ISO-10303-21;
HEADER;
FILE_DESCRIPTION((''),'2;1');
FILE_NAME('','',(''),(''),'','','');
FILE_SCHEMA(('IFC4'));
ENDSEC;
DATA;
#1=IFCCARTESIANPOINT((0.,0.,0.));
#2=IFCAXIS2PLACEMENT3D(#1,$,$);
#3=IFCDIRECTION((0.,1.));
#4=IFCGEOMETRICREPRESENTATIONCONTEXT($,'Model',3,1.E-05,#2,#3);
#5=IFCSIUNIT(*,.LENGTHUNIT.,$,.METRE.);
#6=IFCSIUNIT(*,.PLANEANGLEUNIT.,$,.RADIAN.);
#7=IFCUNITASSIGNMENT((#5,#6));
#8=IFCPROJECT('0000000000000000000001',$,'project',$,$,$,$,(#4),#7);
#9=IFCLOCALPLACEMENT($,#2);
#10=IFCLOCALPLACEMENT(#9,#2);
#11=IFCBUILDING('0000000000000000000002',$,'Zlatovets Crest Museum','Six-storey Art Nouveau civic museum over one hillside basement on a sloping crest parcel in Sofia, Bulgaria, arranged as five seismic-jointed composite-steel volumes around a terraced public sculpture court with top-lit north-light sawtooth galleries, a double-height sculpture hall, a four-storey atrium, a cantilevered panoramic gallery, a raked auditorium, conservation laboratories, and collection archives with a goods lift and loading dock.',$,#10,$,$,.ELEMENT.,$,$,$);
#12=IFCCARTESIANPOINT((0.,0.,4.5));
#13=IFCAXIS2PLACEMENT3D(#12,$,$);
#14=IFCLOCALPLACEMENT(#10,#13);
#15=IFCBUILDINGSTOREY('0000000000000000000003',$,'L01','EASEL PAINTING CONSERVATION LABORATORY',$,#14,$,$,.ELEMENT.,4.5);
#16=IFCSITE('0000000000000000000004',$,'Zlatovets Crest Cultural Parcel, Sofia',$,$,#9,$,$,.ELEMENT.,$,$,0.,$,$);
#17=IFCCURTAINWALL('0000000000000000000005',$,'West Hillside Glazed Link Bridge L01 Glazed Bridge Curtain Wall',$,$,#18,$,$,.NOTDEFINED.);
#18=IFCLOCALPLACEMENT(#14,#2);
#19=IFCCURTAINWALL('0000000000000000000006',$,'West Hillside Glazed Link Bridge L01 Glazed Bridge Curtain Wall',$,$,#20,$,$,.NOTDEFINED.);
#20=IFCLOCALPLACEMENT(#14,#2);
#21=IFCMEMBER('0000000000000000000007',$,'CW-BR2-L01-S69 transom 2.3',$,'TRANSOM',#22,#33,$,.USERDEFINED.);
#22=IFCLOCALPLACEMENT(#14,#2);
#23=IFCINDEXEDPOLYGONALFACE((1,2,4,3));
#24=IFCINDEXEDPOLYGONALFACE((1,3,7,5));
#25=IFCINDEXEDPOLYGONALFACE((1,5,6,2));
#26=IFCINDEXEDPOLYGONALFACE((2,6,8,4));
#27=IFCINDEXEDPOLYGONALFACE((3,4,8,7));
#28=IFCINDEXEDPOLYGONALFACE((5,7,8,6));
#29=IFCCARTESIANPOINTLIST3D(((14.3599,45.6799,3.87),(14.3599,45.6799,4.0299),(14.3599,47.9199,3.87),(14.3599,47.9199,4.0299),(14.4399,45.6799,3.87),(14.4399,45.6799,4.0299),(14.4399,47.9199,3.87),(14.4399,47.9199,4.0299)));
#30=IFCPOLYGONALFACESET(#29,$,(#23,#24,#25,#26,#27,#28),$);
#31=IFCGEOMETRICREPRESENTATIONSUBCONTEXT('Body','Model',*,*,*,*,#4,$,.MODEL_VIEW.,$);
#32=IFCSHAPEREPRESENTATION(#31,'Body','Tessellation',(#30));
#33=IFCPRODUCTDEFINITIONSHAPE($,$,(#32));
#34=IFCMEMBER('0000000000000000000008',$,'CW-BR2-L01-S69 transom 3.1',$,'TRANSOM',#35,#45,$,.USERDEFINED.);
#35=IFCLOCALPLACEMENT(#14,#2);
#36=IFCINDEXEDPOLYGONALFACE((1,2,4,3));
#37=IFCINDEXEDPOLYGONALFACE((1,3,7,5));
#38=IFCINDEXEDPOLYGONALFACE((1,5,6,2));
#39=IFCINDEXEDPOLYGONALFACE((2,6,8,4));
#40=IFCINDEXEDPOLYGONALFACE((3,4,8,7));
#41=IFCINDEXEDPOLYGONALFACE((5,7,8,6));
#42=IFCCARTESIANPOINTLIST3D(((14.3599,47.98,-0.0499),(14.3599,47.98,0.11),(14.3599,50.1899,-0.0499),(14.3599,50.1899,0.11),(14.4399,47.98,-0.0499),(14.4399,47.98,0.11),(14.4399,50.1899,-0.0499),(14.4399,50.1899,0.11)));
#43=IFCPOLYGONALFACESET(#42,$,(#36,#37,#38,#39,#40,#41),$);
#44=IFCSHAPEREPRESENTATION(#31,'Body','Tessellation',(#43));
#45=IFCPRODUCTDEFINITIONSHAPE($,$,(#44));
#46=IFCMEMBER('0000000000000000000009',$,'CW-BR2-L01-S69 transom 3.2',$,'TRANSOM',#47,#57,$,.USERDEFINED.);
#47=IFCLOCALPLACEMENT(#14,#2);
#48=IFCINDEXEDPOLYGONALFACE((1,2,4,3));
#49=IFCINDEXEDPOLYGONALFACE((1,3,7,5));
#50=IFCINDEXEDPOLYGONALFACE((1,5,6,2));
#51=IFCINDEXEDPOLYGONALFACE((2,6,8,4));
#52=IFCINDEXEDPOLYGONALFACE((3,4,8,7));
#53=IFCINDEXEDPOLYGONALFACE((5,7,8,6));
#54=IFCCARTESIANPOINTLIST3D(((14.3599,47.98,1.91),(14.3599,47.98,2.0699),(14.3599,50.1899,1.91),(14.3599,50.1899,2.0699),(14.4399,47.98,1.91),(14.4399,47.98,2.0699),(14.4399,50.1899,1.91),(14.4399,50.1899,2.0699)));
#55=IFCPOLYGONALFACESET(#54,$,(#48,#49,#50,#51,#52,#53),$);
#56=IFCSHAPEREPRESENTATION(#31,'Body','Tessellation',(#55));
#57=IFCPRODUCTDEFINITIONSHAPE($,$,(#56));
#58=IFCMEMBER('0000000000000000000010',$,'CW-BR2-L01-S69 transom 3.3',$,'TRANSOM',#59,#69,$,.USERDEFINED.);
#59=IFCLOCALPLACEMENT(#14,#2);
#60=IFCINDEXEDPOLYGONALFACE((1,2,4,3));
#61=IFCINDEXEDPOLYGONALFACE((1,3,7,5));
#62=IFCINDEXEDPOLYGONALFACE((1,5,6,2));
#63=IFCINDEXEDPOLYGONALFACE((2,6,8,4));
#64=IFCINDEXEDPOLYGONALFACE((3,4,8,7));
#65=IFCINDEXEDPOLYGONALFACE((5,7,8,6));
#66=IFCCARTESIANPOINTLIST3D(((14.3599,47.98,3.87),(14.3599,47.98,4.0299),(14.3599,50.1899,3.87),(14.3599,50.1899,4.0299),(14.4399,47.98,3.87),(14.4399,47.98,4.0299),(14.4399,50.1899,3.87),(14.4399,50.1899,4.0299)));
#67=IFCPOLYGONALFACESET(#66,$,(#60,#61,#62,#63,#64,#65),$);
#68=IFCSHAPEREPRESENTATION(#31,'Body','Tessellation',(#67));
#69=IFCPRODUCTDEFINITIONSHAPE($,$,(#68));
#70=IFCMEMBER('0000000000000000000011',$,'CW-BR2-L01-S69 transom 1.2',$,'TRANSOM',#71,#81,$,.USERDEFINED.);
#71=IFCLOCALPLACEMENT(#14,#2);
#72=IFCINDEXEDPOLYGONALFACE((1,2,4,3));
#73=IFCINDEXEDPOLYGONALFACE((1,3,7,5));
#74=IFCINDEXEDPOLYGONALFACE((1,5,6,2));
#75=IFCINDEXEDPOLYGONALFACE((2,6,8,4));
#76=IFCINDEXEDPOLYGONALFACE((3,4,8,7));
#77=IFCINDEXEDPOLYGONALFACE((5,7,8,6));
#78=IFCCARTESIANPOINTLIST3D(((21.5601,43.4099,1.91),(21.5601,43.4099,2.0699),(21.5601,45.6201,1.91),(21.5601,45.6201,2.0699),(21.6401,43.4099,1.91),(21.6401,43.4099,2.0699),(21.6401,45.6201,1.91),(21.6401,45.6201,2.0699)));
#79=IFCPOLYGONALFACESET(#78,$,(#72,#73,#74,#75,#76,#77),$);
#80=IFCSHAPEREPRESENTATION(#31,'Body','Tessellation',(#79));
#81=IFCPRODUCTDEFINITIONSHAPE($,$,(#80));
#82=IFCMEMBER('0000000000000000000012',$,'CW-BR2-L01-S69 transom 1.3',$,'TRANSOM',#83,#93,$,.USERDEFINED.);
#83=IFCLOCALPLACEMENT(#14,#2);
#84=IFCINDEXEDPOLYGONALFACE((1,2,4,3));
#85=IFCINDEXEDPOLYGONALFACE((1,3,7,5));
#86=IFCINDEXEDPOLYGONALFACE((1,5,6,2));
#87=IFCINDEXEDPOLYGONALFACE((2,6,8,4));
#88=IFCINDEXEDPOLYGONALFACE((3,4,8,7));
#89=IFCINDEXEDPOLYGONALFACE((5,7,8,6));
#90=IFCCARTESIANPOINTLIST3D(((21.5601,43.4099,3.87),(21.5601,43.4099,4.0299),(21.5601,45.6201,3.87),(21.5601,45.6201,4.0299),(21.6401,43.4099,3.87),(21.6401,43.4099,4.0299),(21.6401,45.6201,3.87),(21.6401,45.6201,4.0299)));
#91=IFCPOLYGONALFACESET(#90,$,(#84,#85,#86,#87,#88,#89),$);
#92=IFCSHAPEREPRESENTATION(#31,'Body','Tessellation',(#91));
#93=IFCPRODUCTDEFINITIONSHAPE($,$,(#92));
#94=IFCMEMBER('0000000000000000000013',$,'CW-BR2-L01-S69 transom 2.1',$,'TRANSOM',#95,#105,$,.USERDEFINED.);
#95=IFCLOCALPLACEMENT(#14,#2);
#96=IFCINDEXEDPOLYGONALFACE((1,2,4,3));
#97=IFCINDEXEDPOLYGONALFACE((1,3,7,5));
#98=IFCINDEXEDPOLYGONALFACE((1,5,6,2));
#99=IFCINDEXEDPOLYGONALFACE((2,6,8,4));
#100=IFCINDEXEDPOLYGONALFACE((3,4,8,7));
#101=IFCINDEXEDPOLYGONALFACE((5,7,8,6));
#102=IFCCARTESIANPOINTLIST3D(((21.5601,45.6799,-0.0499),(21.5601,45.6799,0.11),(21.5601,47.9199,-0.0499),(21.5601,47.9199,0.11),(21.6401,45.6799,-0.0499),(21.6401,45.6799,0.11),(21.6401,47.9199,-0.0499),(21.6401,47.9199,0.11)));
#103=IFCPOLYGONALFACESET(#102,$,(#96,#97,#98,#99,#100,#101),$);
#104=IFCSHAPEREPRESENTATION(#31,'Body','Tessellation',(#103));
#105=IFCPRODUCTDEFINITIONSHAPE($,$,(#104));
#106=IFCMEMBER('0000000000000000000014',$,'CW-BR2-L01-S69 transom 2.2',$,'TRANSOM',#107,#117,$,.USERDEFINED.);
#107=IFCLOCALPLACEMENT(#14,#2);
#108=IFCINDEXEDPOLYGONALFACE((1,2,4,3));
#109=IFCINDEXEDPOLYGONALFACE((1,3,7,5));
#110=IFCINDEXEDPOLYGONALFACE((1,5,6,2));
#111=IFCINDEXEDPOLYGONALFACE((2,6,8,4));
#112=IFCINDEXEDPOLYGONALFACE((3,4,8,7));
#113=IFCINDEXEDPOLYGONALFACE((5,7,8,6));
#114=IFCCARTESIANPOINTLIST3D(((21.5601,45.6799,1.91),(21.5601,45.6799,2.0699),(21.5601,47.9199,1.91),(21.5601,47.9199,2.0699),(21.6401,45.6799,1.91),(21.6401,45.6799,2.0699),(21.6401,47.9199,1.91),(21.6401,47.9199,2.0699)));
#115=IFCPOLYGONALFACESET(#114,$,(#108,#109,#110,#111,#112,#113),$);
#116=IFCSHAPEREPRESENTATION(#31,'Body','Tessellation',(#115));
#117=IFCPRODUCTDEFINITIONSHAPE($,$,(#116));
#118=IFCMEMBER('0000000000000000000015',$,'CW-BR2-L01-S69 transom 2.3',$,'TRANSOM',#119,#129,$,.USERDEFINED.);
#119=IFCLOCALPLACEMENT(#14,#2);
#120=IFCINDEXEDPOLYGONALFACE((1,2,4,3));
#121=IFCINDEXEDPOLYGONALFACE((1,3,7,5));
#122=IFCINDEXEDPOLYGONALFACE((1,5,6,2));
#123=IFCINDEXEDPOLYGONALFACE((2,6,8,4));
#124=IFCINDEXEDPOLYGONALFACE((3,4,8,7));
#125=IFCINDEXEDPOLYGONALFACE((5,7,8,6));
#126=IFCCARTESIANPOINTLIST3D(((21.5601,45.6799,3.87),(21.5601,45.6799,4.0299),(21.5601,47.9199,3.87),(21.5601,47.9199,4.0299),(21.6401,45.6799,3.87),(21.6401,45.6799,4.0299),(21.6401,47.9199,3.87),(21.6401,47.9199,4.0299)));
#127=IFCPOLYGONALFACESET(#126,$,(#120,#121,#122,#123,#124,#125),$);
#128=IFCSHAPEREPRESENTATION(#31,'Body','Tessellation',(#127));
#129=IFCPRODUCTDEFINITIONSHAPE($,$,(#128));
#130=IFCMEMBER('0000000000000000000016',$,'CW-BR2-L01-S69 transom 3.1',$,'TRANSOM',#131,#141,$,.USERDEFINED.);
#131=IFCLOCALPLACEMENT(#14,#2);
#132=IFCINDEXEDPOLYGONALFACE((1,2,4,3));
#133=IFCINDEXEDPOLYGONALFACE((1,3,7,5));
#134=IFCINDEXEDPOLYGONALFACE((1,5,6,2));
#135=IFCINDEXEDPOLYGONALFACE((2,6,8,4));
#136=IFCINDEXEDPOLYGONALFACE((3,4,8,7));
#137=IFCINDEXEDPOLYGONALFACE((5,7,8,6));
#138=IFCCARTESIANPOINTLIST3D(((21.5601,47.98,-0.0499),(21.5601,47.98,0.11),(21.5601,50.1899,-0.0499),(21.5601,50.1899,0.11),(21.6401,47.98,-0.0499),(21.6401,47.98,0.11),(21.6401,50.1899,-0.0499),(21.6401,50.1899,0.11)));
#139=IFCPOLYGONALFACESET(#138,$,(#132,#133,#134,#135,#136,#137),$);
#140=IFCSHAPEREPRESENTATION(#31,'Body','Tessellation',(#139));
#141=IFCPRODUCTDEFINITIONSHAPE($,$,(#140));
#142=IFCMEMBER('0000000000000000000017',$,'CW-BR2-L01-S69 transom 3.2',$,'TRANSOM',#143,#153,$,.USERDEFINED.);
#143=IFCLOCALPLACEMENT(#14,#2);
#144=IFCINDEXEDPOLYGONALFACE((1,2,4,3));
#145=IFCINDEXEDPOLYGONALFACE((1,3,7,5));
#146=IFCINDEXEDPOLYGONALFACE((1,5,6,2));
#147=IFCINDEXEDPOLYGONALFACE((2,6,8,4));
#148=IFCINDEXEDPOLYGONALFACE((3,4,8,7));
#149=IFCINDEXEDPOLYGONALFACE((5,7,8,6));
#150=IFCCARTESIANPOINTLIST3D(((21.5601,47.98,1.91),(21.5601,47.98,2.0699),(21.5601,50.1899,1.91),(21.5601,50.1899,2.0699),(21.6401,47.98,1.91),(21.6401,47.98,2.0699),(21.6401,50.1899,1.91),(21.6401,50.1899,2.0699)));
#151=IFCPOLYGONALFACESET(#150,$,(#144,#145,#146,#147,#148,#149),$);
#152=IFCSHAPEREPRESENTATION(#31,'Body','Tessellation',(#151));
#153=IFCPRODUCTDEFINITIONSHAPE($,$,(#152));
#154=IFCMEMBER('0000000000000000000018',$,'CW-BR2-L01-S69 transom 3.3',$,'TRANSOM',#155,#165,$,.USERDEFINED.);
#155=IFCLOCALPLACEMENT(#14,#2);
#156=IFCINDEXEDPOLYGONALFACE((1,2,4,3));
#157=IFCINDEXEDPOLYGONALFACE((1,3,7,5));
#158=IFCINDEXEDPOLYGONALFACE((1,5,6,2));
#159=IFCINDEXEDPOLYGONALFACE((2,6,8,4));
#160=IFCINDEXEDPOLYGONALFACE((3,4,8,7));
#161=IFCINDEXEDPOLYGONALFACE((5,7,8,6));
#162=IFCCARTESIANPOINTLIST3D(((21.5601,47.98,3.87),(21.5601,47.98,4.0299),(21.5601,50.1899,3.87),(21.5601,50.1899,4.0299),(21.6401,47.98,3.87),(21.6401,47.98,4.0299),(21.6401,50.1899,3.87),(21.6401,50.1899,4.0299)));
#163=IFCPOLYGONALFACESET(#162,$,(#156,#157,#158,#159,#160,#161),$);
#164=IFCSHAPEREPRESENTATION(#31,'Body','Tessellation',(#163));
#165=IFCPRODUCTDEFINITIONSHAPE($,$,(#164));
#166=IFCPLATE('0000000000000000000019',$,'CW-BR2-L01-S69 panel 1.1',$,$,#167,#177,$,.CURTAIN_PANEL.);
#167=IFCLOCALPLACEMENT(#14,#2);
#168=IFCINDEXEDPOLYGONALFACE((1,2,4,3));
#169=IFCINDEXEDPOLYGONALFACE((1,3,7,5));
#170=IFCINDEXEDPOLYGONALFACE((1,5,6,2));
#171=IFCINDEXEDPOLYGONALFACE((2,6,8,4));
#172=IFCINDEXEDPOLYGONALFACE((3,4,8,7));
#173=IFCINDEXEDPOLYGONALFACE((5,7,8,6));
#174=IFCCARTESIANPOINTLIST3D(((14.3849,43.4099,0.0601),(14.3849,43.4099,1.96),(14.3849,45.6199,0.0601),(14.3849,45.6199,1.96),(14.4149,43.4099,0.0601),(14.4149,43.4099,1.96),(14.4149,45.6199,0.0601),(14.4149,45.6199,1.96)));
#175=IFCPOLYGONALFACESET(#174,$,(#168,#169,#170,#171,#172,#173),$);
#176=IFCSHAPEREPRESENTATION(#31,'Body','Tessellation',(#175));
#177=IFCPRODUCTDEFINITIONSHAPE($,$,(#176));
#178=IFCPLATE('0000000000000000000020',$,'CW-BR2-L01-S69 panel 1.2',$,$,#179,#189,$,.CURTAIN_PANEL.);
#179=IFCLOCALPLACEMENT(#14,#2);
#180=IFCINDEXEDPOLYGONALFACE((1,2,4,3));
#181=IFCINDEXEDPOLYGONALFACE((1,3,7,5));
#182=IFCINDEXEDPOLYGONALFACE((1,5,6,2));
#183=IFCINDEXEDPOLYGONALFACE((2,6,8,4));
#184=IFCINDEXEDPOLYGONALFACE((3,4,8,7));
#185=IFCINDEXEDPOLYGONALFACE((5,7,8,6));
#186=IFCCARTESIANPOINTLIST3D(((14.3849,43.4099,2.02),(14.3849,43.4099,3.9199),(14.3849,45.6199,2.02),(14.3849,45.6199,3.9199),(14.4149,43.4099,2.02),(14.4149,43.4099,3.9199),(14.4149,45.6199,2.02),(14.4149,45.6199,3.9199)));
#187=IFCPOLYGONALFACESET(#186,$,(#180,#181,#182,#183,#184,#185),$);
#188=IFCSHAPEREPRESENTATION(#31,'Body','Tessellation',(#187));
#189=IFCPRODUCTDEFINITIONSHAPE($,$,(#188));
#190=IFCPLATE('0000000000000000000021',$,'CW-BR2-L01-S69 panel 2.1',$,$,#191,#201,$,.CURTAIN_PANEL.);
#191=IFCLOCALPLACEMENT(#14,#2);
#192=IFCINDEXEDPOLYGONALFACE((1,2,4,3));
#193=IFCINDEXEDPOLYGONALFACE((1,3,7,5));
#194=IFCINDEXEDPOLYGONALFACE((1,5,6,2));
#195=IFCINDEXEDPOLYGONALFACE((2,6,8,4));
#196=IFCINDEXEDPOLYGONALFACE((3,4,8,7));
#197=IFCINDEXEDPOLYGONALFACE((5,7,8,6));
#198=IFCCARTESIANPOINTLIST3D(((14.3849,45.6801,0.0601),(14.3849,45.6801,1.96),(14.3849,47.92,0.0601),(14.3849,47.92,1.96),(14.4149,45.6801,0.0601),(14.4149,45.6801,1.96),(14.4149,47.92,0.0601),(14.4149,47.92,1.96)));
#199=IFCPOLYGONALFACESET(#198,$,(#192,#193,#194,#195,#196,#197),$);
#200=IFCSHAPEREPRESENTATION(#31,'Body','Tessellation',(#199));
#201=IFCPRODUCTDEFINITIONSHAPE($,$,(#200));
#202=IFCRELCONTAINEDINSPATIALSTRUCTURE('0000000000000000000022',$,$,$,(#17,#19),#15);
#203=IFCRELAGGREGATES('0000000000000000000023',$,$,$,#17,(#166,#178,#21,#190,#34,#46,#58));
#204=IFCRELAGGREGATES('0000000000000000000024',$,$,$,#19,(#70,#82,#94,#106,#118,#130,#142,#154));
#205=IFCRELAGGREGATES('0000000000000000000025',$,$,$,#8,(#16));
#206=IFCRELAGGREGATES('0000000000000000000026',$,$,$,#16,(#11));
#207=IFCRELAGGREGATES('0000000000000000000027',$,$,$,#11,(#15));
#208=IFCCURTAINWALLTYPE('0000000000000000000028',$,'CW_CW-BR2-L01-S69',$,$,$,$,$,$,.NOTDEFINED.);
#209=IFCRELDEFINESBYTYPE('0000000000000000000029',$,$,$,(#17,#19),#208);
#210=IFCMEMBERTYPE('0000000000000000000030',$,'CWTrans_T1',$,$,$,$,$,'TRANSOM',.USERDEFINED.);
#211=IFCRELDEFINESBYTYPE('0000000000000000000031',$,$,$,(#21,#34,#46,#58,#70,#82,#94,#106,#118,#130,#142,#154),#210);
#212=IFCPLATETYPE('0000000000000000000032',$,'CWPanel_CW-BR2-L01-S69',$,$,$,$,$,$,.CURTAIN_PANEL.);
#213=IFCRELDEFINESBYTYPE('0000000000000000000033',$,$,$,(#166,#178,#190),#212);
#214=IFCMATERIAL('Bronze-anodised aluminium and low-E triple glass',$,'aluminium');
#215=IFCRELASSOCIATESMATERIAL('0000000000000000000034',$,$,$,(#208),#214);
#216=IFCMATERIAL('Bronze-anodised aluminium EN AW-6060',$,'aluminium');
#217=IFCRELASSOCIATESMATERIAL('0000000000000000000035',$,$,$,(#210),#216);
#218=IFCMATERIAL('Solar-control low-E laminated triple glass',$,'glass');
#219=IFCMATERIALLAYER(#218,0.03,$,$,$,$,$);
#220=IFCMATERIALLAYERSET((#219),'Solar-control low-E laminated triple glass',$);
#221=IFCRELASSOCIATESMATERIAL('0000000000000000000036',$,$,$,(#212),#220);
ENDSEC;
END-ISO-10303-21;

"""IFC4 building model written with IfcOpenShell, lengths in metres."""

from ifc_helpers import new_model, si_unit, direction, frame, origin, origin_2d, place, context, subcontext, project, spatial, rectangle, extrude, material, layer, layer_set, material_profile, profile_set, type_object, element, aggregate, save


model = new_model("IFC4")

# Units and contexts
model_context = context("Model", 3, precision=1e-05, world=origin(), true_north=direction((0.0, 1.0)))
body_context = subcontext(model_context, "Body", "Model", "MODEL_VIEW")
ifc_project = project(units=[si_unit("LENGTHUNIT", "METRE"), si_unit("PLANEANGLEUNIT", "RADIAN")], contexts=[model_context])

# Site, building, storey
site_placement = place(None, origin())
site = spatial("IfcSite", under=ifc_project, at=site_placement, Name="Zlatovets Crest Cultural Parcel, Sofia", CompositionType="ELEMENT", RefElevation=0.0)
building_placement = place(site_placement, origin())
building = spatial("IfcBuilding", under=site, at=building_placement, Name="Zlatovets Crest Museum", Description="Six-storey Art Nouveau civic museum over one hillside basement on a sloping crest parcel in Sofia, Bulgaria, arranged as five seismic-jointed composite-steel volumes around a terraced public sculpture court with top-lit north-light sawtooth galleries, a double-height sculpture hall, a four-storey atrium, a cantilevered panoramic gallery, a raked auditorium, conservation laboratories, and collection archives with a goods lift and loading dock.", CompositionType="ELEMENT")
storey_placement = place(building_placement, frame((0.0, 0.0, 4.5)))
storey = spatial("IfcBuildingStorey", under=building, at=storey_placement, Name="L01", Description="EASEL PAINTING CONSERVATION LABORATORY", CompositionType="ELEMENT", Elevation=4.5)

# Curtain walls
ifc_material_1 = material(Name="Bronze-anodised aluminium and low-E triple glass", Category="aluminium")
curtain_wall_type = type_object("IfcCurtainWallType", Name="CW_CW-BR2-L01-S69", PredefinedType="NOTDEFINED", material=ifc_material_1)
curtain_wall_1_placement = place(storey_placement, origin())
curtain_wall_1 = element("IfcCurtainWall", 1, at=curtain_wall_1_placement, inside=storey, type_object=curtain_wall_type, Name="West Hillside Glazed Link Bridge L01 Glazed Bridge Curtain Wall", PredefinedType="NOTDEFINED")
ifc_material_2 = material(Name="Bronze-anodised aluminium EN AW-6060", Category="aluminium")
curtain_wall_2_placement = place(storey_placement, origin())
curtain_wall_2 = element("IfcCurtainWall", 2, at=curtain_wall_2_placement, inside=storey, type_object=curtain_wall_type, Name="West Hillside Glazed Link Bridge L01 Glazed Bridge Curtain Wall", PredefinedType="NOTDEFINED")

# Members
ifc_material_profile_1 = material_profile(ifc_material_2, rectangle(XDim=0.0801, YDim=0.1599, at=origin_2d()), Name="ALU 80x160")
ifc_profile_set_1 = profile_set([ifc_material_profile_1], Name="Bronze-anodised aluminium EN AW-6060")
member_type_1 = type_object("IfcMemberType", Name="CWTrans_T1", ElementType="TRANSOM", PredefinedType="USERDEFINED", material=ifc_profile_set_1)
member_1_placement = place(storey_placement, frame((14.3999, 45.6799, 3.95), z_axis=(0.0, 1.0, 0.0), x_axis=(-1.0, 0.0, 0.0)))
member_1 = element("IfcMember", 3, at=member_1_placement, type_object=member_type_1, Name="CW-BR2-L01-S69 transom 2.3", ObjectType="TRANSOM", PredefinedType="USERDEFINED", context=body_context, shape_type="SweptSolid", body=[
    extrude(rectangle(XDim=0.0801, YDim=0.1599, at=origin_2d()), origin(), (0.0, 0.0, 1.0), 2.24),
])
member_2_placement = place(storey_placement, frame((14.3999, 47.98, 0.03), z_axis=(0.0, 1.0, 0.0), x_axis=(-1.0, 0.0, 0.0)))
member_2 = element("IfcMember", 4, at=member_2_placement, type_object=member_type_1, Name="CW-BR2-L01-S69 transom 3.1", ObjectType="TRANSOM", PredefinedType="USERDEFINED", context=body_context, shape_type="SweptSolid", body=[
    extrude(rectangle(XDim=0.0801, YDim=0.1599, at=origin_2d()), origin(), (0.0, 0.0, 1.0), 2.21),
])
member_3_placement = place(storey_placement, frame((14.3999, 47.98, 1.99), z_axis=(0.0, 1.0, 0.0), x_axis=(-1.0, 0.0, 0.0)))
member_3 = element("IfcMember", 5, at=member_3_placement, type_object=member_type_1, Name="CW-BR2-L01-S69 transom 3.2", ObjectType="TRANSOM", PredefinedType="USERDEFINED", context=body_context, shape_type="SweptSolid", body=[
    extrude(rectangle(XDim=0.0801, YDim=0.1599, at=origin_2d()), origin(), (0.0, 0.0, 1.0), 2.21),
])
member_4_placement = place(storey_placement, frame((14.3999, 47.98, 3.95), z_axis=(0.0, 1.0, 0.0), x_axis=(-1.0, 0.0, 0.0)))
member_4 = element("IfcMember", 6, at=member_4_placement, type_object=member_type_1, Name="CW-BR2-L01-S69 transom 3.3", ObjectType="TRANSOM", PredefinedType="USERDEFINED", context=body_context, shape_type="SweptSolid", body=[
    extrude(rectangle(XDim=0.0801, YDim=0.1599, at=origin_2d()), origin(), (0.0, 0.0, 1.0), 2.21),
])
member_5_placement = place(storey_placement, frame((21.6001, 43.4099, 1.99), z_axis=(0.0, 1.0, 0.0), x_axis=(-1.0, 0.0, 0.0)))
member_5 = element("IfcMember", 7, at=member_5_placement, type_object=member_type_1, Name="CW-BR2-L01-S69 transom 1.2", ObjectType="TRANSOM", PredefinedType="USERDEFINED", context=body_context, shape_type="SweptSolid", body=[
    extrude(rectangle(XDim=0.0801, YDim=0.1599, at=origin_2d()), origin(), (0.0, 0.0, 1.0), 2.2102),
])
member_6_placement = place(storey_placement, frame((21.6001, 43.4099, 3.95), z_axis=(0.0, 1.0, 0.0), x_axis=(-1.0, 0.0, 0.0)))
member_6 = element("IfcMember", 8, at=member_6_placement, type_object=member_type_1, Name="CW-BR2-L01-S69 transom 1.3", ObjectType="TRANSOM", PredefinedType="USERDEFINED", context=body_context, shape_type="SweptSolid", body=[
    extrude(rectangle(XDim=0.0801, YDim=0.1599, at=origin_2d()), origin(), (0.0, 0.0, 1.0), 2.2102),
])
member_7_placement = place(storey_placement, frame((21.6001, 45.6799, 0.03), z_axis=(0.0, 1.0, 0.0), x_axis=(-1.0, 0.0, 0.0)))
member_7 = element("IfcMember", 9, at=member_7_placement, type_object=member_type_1, Name="CW-BR2-L01-S69 transom 2.1", ObjectType="TRANSOM", PredefinedType="USERDEFINED", context=body_context, shape_type="SweptSolid", body=[
    extrude(rectangle(XDim=0.0801, YDim=0.1599, at=origin_2d()), origin(), (0.0, 0.0, 1.0), 2.24),
])
member_8_placement = place(storey_placement, frame((21.6001, 45.6799, 1.99), z_axis=(0.0, 1.0, 0.0), x_axis=(-1.0, 0.0, 0.0)))
member_8 = element("IfcMember", 10, at=member_8_placement, type_object=member_type_1, Name="CW-BR2-L01-S69 transom 2.2", ObjectType="TRANSOM", PredefinedType="USERDEFINED", context=body_context, shape_type="SweptSolid", body=[
    extrude(rectangle(XDim=0.0801, YDim=0.1599, at=origin_2d()), origin(), (0.0, 0.0, 1.0), 2.24),
])
member_9_placement = place(storey_placement, frame((21.6001, 45.6799, 3.95), z_axis=(0.0, 1.0, 0.0), x_axis=(-1.0, 0.0, 0.0)))
member_9 = element("IfcMember", 11, at=member_9_placement, type_object=member_type_1, Name="CW-BR2-L01-S69 transom 2.3", ObjectType="TRANSOM", PredefinedType="USERDEFINED", context=body_context, shape_type="SweptSolid", body=[
    extrude(rectangle(XDim=0.0801, YDim=0.1599, at=origin_2d()), origin(), (0.0, 0.0, 1.0), 2.24),
])
member_10_placement = place(storey_placement, frame((21.6001, 47.98, 0.03), z_axis=(0.0, 1.0, 0.0), x_axis=(-1.0, 0.0, 0.0)))
member_10 = element("IfcMember", 12, at=member_10_placement, type_object=member_type_1, Name="CW-BR2-L01-S69 transom 3.1", ObjectType="TRANSOM", PredefinedType="USERDEFINED", context=body_context, shape_type="SweptSolid", body=[
    extrude(rectangle(XDim=0.0801, YDim=0.1599, at=origin_2d()), origin(), (0.0, 0.0, 1.0), 2.21),
])
member_11_placement = place(storey_placement, frame((21.6001, 47.98, 1.99), z_axis=(0.0, 1.0, 0.0), x_axis=(-1.0, 0.0, 0.0)))
member_11 = element("IfcMember", 13, at=member_11_placement, type_object=member_type_1, Name="CW-BR2-L01-S69 transom 3.2", ObjectType="TRANSOM", PredefinedType="USERDEFINED", context=body_context, shape_type="SweptSolid", body=[
    extrude(rectangle(XDim=0.0801, YDim=0.1599, at=origin_2d()), origin(), (0.0, 0.0, 1.0), 2.21),
])
member_12_placement = place(storey_placement, frame((21.6001, 47.98, 3.95), z_axis=(0.0, 1.0, 0.0), x_axis=(-1.0, 0.0, 0.0)))
member_12 = element("IfcMember", 14, at=member_12_placement, type_object=member_type_1, Name="CW-BR2-L01-S69 transom 3.3", ObjectType="TRANSOM", PredefinedType="USERDEFINED", context=body_context, shape_type="SweptSolid", body=[
    extrude(rectangle(XDim=0.0801, YDim=0.1599, at=origin_2d()), origin(), (0.0, 0.0, 1.0), 2.21),
])

# Plates
ifc_material_3 = material(Name="Solar-control low-E laminated triple glass", Category="glass")
ifc_layer_1 = layer(ifc_material_3, 0.03)
ifc_layer_set_1 = layer_set([ifc_layer_1], Name="Solar-control low-E laminated triple glass")
plate_type = type_object("IfcPlateType", Name="CWPanel_CW-BR2-L01-S69", PredefinedType="CURTAIN_PANEL", material=ifc_layer_set_1)
plate_1_placement = place(storey_placement, frame((14.3999, 44.5149, 0.0601), z_axis=(0.0, 0.0, 1.0), x_axis=(0.0, 1.0, 0.0)))
plate_1 = element("IfcPlate", 15, at=plate_1_placement, type_object=plate_type, Name="CW-BR2-L01-S69 panel 1.1", PredefinedType="CURTAIN_PANEL", context=body_context, shape_type="SweptSolid", body=[
    extrude(rectangle(XDim=2.21, YDim=0.03, at=origin_2d()), origin(), (0.0, 0.0, 1.0), 1.8999),
])
plate_2_placement = place(storey_placement, frame((14.3999, 44.5149, 2.02), z_axis=(0.0, 0.0, 1.0), x_axis=(0.0, 1.0, 0.0)))
plate_2 = element("IfcPlate", 16, at=plate_2_placement, type_object=plate_type, Name="CW-BR2-L01-S69 panel 1.2", PredefinedType="CURTAIN_PANEL", context=body_context, shape_type="SweptSolid", body=[
    extrude(rectangle(XDim=2.21, YDim=0.03, at=origin_2d()), origin(), (0.0, 0.0, 1.0), 1.8999),
])
plate_3_placement = place(storey_placement, frame((14.3999, 46.8, 0.0601), z_axis=(0.0, 0.0, 1.0), x_axis=(0.0, 1.0, 0.0)))
plate_3 = element("IfcPlate", 17, at=plate_3_placement, type_object=plate_type, Name="CW-BR2-L01-S69 panel 2.1", PredefinedType="CURTAIN_PANEL", context=body_context, shape_type="SweptSolid", body=[
    extrude(rectangle(XDim=2.24, YDim=0.03, at=origin_2d()), origin(), (0.0, 0.0, 1.0), 1.8999),
])
aggregate(curtain_wall_1, [plate_1, plate_2, member_1, plate_3, member_2, member_3, member_4])
aggregate(curtain_wall_2, [member_5, member_6, member_7, member_8, member_9, member_10, member_11, member_12])

save(model, "model.ifc")
